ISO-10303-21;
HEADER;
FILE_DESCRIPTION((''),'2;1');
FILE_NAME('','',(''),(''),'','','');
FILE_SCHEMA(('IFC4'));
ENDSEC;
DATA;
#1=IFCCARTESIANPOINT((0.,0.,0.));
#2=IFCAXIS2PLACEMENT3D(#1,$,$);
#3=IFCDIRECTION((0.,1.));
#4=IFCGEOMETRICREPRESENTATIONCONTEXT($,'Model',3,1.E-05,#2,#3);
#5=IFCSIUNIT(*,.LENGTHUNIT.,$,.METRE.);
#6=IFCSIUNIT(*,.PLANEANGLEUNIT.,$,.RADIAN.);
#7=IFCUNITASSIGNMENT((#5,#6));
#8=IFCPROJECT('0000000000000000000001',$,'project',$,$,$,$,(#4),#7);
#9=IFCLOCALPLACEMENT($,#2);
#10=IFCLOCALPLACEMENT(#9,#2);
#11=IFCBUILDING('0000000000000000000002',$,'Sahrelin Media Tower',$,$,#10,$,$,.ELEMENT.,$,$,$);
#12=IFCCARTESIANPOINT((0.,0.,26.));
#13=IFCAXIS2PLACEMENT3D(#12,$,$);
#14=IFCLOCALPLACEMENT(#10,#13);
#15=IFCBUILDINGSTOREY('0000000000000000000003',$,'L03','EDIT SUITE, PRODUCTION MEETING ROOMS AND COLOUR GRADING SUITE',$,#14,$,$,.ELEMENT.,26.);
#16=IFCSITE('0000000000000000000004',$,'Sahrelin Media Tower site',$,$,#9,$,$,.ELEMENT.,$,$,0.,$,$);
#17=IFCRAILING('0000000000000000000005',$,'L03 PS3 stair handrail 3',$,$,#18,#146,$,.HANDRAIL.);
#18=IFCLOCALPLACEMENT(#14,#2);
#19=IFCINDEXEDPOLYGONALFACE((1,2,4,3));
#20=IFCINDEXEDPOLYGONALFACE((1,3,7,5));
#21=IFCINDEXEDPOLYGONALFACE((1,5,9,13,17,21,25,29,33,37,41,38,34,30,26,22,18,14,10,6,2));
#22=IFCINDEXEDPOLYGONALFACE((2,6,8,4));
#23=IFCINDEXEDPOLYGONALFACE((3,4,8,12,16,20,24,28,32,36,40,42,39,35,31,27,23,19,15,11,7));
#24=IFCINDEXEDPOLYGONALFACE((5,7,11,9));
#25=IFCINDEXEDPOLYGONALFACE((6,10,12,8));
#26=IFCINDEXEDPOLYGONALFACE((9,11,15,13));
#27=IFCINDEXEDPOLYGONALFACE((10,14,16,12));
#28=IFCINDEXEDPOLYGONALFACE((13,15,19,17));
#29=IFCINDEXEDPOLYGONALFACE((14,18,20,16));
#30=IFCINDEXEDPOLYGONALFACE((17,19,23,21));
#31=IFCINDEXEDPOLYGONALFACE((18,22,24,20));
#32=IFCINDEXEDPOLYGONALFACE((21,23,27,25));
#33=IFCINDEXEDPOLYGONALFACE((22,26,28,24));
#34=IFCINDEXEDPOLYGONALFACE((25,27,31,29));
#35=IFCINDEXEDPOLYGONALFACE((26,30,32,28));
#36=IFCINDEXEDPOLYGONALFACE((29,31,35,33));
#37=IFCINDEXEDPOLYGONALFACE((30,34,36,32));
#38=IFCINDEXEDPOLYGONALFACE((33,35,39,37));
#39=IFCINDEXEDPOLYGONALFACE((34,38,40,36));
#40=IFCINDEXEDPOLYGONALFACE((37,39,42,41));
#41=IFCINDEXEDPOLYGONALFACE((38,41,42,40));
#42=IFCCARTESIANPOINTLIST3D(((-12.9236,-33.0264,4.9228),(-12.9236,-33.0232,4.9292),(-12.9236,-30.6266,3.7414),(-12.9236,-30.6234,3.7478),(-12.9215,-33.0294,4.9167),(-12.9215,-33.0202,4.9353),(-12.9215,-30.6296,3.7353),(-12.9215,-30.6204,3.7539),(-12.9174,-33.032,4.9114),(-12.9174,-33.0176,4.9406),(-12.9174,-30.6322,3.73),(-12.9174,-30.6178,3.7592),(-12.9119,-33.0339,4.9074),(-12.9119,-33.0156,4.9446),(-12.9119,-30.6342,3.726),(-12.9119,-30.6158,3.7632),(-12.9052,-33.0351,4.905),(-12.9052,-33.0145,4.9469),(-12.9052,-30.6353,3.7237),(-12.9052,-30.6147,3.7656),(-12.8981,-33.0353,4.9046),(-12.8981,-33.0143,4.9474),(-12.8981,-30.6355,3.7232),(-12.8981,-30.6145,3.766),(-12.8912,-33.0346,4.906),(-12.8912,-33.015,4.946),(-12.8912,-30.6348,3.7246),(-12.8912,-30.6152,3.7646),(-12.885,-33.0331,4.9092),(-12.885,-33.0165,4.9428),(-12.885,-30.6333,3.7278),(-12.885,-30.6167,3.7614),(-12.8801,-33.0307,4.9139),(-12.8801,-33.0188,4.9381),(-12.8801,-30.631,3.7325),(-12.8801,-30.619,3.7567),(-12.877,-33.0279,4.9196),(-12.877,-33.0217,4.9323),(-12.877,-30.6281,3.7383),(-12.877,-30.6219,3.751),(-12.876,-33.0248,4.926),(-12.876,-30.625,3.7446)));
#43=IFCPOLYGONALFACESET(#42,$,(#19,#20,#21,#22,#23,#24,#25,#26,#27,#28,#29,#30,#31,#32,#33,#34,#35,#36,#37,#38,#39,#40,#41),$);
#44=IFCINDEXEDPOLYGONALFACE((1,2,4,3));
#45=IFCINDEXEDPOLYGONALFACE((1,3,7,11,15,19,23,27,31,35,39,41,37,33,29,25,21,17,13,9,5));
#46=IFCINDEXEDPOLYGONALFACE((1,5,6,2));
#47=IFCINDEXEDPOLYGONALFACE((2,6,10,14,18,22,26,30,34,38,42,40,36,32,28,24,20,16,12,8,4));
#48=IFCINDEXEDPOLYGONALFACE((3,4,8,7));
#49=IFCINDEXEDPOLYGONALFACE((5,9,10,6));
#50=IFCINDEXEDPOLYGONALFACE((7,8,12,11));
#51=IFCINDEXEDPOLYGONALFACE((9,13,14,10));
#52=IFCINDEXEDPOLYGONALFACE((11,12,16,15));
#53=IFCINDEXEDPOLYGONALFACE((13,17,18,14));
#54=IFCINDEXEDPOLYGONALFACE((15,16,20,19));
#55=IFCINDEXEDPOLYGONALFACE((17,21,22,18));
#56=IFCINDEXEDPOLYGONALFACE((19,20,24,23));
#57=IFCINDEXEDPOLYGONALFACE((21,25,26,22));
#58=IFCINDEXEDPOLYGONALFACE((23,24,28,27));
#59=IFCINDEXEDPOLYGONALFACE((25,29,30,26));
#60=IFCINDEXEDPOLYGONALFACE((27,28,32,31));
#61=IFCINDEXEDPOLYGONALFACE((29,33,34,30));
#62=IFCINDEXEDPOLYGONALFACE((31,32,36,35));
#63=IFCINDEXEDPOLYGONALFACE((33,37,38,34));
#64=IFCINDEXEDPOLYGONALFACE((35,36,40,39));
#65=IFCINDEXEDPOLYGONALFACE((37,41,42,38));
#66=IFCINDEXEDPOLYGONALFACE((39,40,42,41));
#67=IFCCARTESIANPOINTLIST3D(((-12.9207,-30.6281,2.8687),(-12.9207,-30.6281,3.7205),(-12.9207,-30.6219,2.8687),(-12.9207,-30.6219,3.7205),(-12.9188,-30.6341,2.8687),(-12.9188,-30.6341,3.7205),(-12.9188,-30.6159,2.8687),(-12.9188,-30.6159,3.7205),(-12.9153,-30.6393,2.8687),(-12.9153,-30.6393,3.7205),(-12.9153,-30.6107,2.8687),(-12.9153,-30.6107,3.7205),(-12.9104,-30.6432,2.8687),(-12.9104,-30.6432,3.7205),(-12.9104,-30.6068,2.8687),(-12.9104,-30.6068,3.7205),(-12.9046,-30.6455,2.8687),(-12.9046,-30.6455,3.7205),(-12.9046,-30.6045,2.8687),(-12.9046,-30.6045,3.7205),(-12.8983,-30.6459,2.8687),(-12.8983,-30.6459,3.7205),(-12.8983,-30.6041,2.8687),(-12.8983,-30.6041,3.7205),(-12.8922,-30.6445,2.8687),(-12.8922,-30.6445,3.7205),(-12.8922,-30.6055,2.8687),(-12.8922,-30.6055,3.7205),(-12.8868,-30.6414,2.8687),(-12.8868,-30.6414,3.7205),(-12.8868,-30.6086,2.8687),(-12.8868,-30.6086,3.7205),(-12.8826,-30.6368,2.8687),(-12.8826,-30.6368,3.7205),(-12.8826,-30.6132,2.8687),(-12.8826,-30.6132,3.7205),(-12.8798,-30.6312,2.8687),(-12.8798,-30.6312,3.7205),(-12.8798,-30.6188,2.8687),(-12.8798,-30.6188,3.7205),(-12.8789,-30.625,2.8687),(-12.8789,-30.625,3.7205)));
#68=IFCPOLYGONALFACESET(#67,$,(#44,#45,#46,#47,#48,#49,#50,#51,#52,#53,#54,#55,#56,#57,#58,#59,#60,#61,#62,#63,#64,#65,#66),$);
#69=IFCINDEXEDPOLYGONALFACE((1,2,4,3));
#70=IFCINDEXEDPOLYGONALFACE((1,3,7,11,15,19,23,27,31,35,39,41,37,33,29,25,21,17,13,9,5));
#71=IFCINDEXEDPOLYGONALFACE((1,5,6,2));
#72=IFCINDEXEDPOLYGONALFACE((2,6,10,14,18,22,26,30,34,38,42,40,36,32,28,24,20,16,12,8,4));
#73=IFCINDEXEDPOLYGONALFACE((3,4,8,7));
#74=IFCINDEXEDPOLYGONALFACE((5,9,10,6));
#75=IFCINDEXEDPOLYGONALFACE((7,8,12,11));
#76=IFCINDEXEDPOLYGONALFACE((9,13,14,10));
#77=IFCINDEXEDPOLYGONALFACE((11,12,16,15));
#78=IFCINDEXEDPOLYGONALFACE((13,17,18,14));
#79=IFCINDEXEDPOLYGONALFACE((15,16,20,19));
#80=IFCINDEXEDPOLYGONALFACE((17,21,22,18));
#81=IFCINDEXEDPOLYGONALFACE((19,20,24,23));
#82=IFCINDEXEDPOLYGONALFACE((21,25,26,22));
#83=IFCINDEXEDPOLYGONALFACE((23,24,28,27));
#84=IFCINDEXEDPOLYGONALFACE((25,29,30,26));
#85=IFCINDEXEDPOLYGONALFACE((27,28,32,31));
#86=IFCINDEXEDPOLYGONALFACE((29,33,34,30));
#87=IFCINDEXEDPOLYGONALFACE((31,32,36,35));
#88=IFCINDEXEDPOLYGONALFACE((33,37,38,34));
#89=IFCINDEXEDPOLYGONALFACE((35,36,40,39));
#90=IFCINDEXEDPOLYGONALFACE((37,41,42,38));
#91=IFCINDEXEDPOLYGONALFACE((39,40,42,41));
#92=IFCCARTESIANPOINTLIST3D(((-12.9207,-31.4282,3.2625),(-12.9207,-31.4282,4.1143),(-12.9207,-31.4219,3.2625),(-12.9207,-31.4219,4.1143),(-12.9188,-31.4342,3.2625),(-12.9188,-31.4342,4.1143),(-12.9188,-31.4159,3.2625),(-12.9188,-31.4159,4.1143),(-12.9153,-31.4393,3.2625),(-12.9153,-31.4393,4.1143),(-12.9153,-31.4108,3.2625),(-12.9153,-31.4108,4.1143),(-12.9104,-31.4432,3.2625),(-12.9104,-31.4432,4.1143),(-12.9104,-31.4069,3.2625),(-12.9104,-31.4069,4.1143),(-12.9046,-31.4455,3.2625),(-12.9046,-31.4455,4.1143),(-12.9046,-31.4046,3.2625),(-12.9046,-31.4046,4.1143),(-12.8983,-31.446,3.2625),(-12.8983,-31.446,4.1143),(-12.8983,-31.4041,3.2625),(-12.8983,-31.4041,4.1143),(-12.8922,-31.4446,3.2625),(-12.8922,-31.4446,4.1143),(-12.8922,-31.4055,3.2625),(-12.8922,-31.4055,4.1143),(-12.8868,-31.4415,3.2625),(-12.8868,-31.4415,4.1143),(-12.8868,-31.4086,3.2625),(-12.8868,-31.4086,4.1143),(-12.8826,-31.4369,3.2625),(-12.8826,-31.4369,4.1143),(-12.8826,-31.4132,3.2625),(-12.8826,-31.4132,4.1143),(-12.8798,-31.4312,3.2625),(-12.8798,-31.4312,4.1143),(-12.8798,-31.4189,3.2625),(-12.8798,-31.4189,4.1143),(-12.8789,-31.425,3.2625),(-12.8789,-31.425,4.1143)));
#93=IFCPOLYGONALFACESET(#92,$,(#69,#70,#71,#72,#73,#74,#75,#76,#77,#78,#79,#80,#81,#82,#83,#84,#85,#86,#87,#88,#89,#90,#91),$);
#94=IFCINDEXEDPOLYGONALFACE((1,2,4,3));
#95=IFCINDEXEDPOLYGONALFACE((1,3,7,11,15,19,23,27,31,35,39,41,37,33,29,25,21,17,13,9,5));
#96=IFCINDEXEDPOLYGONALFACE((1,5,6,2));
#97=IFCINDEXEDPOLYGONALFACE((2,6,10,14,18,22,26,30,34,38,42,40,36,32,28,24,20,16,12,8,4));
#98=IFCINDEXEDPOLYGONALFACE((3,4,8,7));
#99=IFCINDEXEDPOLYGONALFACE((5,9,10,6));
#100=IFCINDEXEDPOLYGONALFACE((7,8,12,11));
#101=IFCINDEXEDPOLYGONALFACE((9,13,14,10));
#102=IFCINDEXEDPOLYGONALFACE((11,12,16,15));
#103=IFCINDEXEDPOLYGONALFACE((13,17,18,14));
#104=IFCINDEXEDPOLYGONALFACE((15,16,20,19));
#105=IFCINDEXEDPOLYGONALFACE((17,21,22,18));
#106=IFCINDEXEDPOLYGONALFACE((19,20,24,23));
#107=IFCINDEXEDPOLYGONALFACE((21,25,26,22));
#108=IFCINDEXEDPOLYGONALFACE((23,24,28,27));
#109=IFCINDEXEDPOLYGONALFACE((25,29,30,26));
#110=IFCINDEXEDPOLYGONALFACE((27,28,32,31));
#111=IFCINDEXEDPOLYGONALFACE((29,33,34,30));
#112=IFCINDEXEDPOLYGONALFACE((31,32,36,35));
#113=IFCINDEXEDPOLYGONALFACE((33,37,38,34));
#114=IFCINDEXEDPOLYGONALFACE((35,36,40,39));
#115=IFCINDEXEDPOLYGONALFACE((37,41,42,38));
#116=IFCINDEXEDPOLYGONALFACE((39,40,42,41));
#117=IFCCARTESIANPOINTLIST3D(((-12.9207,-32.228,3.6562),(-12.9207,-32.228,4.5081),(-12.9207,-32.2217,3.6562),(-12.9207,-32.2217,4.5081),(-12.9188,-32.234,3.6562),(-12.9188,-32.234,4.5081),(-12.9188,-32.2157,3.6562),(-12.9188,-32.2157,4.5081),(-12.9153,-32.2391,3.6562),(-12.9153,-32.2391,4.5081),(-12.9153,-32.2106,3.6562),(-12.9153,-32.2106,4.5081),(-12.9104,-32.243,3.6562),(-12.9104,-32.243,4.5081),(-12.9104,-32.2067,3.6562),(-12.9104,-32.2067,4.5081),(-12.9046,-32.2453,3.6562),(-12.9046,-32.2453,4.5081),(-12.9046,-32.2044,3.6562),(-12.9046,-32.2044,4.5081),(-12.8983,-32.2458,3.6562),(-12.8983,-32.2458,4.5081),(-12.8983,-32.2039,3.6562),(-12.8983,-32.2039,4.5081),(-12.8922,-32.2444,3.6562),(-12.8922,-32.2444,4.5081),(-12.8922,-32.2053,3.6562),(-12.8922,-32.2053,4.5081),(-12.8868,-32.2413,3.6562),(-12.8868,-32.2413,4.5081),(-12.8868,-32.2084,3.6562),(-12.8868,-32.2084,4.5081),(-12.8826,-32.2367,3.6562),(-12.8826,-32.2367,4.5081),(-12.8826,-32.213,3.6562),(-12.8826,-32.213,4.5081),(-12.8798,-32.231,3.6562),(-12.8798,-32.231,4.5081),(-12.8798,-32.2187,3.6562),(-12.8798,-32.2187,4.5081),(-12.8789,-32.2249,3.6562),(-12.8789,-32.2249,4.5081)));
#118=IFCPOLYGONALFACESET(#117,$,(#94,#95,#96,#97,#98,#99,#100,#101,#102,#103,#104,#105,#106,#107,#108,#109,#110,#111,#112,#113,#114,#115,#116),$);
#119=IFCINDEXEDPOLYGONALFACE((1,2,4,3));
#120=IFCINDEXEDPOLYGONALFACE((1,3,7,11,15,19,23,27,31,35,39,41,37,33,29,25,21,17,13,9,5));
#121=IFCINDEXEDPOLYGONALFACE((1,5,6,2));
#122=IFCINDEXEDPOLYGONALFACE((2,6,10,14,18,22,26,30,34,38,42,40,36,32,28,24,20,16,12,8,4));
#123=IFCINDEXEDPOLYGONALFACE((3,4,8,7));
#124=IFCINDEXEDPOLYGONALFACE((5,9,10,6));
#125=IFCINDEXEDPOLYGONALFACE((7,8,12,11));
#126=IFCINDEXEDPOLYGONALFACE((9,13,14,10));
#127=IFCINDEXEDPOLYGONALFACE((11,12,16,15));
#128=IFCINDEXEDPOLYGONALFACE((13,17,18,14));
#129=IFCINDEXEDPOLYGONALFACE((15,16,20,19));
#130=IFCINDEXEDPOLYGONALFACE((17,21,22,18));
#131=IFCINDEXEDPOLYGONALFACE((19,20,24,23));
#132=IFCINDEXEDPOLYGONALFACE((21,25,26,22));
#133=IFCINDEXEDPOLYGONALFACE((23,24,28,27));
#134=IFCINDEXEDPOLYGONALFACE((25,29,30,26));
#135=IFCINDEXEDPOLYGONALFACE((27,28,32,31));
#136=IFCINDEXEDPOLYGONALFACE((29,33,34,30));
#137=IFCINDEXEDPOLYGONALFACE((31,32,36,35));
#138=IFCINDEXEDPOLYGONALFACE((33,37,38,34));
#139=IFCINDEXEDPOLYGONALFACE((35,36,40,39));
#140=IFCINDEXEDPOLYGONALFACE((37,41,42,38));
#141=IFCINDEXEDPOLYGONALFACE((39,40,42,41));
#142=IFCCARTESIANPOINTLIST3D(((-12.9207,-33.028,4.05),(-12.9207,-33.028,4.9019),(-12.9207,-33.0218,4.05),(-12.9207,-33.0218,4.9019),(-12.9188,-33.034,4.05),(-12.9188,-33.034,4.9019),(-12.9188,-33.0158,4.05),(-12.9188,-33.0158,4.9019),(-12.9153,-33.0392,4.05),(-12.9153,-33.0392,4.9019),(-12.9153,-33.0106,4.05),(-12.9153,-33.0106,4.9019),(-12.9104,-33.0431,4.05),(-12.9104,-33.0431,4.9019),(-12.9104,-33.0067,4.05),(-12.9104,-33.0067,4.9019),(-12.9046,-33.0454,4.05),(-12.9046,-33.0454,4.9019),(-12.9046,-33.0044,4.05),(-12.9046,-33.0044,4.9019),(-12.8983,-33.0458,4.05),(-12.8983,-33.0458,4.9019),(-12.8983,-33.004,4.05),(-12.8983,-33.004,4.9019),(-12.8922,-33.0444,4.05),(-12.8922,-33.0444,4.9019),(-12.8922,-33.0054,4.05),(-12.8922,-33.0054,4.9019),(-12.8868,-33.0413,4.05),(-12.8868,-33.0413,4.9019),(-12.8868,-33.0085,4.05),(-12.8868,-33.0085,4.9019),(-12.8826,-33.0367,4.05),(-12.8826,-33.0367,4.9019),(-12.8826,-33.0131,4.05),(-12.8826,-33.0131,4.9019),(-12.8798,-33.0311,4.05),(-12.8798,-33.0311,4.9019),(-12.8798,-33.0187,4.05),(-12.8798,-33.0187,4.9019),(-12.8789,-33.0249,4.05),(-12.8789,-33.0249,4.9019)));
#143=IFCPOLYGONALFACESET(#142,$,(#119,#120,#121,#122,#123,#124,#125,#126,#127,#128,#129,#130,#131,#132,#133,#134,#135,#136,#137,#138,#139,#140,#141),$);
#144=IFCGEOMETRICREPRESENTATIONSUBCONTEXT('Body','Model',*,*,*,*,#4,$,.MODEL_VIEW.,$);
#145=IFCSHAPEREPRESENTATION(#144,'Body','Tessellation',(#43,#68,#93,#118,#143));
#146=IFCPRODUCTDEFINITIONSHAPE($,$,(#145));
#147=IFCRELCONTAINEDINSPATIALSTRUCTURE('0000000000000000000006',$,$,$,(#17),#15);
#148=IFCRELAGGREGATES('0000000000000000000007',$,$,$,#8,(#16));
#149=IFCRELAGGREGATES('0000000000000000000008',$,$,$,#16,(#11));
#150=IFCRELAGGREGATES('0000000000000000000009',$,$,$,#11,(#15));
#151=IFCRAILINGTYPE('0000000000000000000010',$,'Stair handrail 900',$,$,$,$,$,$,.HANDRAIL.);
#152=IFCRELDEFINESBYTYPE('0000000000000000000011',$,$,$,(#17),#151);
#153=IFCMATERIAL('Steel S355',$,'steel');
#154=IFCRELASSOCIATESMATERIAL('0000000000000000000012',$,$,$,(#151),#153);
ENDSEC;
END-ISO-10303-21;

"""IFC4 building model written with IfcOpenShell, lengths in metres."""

from ifc_helpers import new_model, si_unit, direction, frame, origin, origin_2d, place, context, subcontext, project, spatial, circle, extrude, material, type_object, element, save


model = new_model("IFC4")

# Units and contexts
model_context = context("Model", 3, precision=1e-05, world=origin(), true_north=direction((0.0, 1.0)))
body_context = subcontext(model_context, "Body", "Model", "MODEL_VIEW")
ifc_project = project(units=[si_unit("LENGTHUNIT", "METRE"), si_unit("PLANEANGLEUNIT", "RADIAN")], contexts=[model_context])

# Site, building, storey
site_placement = place(None, origin())
site = spatial("IfcSite", under=ifc_project, at=site_placement, Name="Sahrelin Media Tower site", CompositionType="ELEMENT", RefElevation=0.0)
building_placement = place(site_placement, origin())
building = spatial("IfcBuilding", under=site, at=building_placement, Name="Sahrelin Media Tower", CompositionType="ELEMENT")
storey_placement = place(building_placement, frame((0.0, 0.0, 26.0)))
storey = spatial("IfcBuildingStorey", under=building, at=storey_placement, Name="L03", Description="EDIT SUITE, PRODUCTION MEETING ROOMS AND COLOUR GRADING SUITE", CompositionType="ELEMENT", Elevation=26.0)

# Shared definitions
ifc_material_1 = material(Name="Steel S355", Category="steel")

# Railing
railing_type_1 = type_object("IfcRailingType", Name="Stair handrail 900", PredefinedType="HANDRAIL", material=ifc_material_1)
for number, where, name in (
    (1, (-12.8999, -30.625, 2.8687), "L03 PS3 stair handrail 3"),
):
    element("IfcRailing", number, at=place(storey_placement, frame(where)), inside=storey, type_object=railing_type_1, Name=name, PredefinedType="HANDRAIL", context=body_context, shape_type="SweptSolid", body=[
        extrude(circle(Radius=0.0239, at=origin_2d()), frame((0.0, 0.0, 0.876), z_axis=(0.0, -0.897185, 0.441656), x_axis=(1.0, 0.0, 0.0)), (0.0, 0.0, 1.0), 2.6748),
        extrude(circle(Radius=0.021, at=origin_2d()), origin(), (0.0, 0.0, 1.0), 0.8518),
        extrude(circle(Radius=0.021, at=origin_2d()), frame((0.0, -0.8, 0.3938)), (0.0, 0.0, 1.0), 0.8518),
        extrude(circle(Radius=0.021, at=origin_2d()), frame((0.0, -1.5999, 0.7876)), (0.0, 0.0, 1.0), 0.8518),
        extrude(circle(Radius=0.021, at=origin_2d()), frame((0.0, -2.3999, 1.1814)), (0.0, 0.0, 1.0), 0.8518),
    ])

save(model, "model.ifc")
